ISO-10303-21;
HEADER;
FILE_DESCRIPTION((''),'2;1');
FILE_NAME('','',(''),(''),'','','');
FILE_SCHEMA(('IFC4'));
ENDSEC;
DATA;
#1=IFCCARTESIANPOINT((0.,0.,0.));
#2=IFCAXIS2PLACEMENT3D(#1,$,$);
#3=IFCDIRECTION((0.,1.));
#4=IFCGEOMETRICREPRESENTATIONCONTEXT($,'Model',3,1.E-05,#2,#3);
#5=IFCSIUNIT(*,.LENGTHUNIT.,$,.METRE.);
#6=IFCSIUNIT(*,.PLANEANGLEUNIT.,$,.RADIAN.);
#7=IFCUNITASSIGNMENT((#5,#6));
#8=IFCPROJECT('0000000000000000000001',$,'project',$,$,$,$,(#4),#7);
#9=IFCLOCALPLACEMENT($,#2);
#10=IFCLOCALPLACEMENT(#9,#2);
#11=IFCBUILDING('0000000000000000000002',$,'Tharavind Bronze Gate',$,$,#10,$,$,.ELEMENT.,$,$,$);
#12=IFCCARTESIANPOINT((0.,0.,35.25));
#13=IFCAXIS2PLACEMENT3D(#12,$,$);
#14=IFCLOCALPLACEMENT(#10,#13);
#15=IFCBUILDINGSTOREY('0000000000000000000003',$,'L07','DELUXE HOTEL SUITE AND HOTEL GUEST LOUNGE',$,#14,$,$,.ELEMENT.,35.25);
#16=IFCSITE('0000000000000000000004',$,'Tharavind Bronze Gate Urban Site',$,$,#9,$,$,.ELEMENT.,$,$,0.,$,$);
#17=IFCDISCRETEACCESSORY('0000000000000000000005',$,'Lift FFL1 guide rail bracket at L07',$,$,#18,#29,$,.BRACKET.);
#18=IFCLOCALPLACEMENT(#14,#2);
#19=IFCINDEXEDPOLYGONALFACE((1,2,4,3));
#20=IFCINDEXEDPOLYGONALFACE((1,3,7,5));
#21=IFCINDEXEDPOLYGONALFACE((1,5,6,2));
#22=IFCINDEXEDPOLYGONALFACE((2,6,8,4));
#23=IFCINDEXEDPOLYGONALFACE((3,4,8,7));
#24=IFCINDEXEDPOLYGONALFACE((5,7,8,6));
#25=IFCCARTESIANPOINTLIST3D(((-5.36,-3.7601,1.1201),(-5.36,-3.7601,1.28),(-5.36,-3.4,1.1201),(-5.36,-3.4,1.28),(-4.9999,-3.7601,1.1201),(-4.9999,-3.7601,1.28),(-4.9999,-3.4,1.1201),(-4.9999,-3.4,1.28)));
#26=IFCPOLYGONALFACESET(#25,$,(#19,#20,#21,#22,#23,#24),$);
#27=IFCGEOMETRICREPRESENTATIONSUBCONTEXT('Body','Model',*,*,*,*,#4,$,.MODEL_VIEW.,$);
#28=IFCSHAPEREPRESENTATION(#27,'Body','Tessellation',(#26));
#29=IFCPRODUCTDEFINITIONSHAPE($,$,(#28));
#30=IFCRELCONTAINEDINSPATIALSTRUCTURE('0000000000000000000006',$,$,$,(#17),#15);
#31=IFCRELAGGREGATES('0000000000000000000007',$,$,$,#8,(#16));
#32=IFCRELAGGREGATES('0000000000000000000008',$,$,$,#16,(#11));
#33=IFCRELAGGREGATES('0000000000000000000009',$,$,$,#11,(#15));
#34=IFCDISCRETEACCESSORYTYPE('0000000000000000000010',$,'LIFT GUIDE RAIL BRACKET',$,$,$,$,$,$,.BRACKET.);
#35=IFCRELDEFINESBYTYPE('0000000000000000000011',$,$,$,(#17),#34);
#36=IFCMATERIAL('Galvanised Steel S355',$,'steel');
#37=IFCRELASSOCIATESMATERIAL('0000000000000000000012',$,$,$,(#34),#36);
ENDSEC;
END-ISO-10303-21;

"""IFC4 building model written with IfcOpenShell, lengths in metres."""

from ifc_helpers import new_model, si_unit, direction, frame, origin, origin_2d, place, context, subcontext, project, spatial, rectangle, extrude, material, type_object, element, save


model = new_model("IFC4")

# Units and contexts
model_context = context("Model", 3, precision=1e-05, world=origin(), true_north=direction((0.0, 1.0)))
body_context = subcontext(model_context, "Body", "Model", "MODEL_VIEW")
ifc_project = project(units=[si_unit("LENGTHUNIT", "METRE"), si_unit("PLANEANGLEUNIT", "RADIAN")], contexts=[model_context])

# Site, building, storey
site_placement = place(None, origin())
site = spatial("IfcSite", under=ifc_project, at=site_placement, Name="Tharavind Bronze Gate Urban Site", CompositionType="ELEMENT", RefElevation=0.0)
building_placement = place(site_placement, origin())
building = spatial("IfcBuilding", under=site, at=building_placement, Name="Tharavind Bronze Gate", CompositionType="ELEMENT")
storey_placement = place(building_placement, frame((0.0, 0.0, 35.25)))
storey = spatial("IfcBuildingStorey", under=building, at=storey_placement, Name="L07", Description="DELUXE HOTEL SUITE AND HOTEL GUEST LOUNGE", CompositionType="ELEMENT", Elevation=35.25)

# Discrete accessory
ifc_material_1 = material(Name="Galvanised Steel S355", Category="steel")
discrete_accessory_type = type_object("IfcDiscreteAccessoryType", Name="LIFT GUIDE RAIL BRACKET", PredefinedType="BRACKET", material=ifc_material_1)
discrete_accessory_placement = place(storey_placement, frame((-5.1799, -3.5801, 1.1201), z_axis=(0.0, 0.0, 1.0), x_axis=(1.0, 0.0, 0.0)))
element("IfcDiscreteAccessory", 1, at=discrete_accessory_placement, inside=storey, type_object=discrete_accessory_type, Name="Lift FFL1 guide rail bracket at L07", PredefinedType="BRACKET", context=body_context, shape_type="SweptSolid", body=[
    extrude(rectangle(XDim=0.3601, YDim=0.3601, at=origin_2d()), origin(), (0.0, 0.0, 1.0), 0.1599),
])

save(model, "model.ifc")
